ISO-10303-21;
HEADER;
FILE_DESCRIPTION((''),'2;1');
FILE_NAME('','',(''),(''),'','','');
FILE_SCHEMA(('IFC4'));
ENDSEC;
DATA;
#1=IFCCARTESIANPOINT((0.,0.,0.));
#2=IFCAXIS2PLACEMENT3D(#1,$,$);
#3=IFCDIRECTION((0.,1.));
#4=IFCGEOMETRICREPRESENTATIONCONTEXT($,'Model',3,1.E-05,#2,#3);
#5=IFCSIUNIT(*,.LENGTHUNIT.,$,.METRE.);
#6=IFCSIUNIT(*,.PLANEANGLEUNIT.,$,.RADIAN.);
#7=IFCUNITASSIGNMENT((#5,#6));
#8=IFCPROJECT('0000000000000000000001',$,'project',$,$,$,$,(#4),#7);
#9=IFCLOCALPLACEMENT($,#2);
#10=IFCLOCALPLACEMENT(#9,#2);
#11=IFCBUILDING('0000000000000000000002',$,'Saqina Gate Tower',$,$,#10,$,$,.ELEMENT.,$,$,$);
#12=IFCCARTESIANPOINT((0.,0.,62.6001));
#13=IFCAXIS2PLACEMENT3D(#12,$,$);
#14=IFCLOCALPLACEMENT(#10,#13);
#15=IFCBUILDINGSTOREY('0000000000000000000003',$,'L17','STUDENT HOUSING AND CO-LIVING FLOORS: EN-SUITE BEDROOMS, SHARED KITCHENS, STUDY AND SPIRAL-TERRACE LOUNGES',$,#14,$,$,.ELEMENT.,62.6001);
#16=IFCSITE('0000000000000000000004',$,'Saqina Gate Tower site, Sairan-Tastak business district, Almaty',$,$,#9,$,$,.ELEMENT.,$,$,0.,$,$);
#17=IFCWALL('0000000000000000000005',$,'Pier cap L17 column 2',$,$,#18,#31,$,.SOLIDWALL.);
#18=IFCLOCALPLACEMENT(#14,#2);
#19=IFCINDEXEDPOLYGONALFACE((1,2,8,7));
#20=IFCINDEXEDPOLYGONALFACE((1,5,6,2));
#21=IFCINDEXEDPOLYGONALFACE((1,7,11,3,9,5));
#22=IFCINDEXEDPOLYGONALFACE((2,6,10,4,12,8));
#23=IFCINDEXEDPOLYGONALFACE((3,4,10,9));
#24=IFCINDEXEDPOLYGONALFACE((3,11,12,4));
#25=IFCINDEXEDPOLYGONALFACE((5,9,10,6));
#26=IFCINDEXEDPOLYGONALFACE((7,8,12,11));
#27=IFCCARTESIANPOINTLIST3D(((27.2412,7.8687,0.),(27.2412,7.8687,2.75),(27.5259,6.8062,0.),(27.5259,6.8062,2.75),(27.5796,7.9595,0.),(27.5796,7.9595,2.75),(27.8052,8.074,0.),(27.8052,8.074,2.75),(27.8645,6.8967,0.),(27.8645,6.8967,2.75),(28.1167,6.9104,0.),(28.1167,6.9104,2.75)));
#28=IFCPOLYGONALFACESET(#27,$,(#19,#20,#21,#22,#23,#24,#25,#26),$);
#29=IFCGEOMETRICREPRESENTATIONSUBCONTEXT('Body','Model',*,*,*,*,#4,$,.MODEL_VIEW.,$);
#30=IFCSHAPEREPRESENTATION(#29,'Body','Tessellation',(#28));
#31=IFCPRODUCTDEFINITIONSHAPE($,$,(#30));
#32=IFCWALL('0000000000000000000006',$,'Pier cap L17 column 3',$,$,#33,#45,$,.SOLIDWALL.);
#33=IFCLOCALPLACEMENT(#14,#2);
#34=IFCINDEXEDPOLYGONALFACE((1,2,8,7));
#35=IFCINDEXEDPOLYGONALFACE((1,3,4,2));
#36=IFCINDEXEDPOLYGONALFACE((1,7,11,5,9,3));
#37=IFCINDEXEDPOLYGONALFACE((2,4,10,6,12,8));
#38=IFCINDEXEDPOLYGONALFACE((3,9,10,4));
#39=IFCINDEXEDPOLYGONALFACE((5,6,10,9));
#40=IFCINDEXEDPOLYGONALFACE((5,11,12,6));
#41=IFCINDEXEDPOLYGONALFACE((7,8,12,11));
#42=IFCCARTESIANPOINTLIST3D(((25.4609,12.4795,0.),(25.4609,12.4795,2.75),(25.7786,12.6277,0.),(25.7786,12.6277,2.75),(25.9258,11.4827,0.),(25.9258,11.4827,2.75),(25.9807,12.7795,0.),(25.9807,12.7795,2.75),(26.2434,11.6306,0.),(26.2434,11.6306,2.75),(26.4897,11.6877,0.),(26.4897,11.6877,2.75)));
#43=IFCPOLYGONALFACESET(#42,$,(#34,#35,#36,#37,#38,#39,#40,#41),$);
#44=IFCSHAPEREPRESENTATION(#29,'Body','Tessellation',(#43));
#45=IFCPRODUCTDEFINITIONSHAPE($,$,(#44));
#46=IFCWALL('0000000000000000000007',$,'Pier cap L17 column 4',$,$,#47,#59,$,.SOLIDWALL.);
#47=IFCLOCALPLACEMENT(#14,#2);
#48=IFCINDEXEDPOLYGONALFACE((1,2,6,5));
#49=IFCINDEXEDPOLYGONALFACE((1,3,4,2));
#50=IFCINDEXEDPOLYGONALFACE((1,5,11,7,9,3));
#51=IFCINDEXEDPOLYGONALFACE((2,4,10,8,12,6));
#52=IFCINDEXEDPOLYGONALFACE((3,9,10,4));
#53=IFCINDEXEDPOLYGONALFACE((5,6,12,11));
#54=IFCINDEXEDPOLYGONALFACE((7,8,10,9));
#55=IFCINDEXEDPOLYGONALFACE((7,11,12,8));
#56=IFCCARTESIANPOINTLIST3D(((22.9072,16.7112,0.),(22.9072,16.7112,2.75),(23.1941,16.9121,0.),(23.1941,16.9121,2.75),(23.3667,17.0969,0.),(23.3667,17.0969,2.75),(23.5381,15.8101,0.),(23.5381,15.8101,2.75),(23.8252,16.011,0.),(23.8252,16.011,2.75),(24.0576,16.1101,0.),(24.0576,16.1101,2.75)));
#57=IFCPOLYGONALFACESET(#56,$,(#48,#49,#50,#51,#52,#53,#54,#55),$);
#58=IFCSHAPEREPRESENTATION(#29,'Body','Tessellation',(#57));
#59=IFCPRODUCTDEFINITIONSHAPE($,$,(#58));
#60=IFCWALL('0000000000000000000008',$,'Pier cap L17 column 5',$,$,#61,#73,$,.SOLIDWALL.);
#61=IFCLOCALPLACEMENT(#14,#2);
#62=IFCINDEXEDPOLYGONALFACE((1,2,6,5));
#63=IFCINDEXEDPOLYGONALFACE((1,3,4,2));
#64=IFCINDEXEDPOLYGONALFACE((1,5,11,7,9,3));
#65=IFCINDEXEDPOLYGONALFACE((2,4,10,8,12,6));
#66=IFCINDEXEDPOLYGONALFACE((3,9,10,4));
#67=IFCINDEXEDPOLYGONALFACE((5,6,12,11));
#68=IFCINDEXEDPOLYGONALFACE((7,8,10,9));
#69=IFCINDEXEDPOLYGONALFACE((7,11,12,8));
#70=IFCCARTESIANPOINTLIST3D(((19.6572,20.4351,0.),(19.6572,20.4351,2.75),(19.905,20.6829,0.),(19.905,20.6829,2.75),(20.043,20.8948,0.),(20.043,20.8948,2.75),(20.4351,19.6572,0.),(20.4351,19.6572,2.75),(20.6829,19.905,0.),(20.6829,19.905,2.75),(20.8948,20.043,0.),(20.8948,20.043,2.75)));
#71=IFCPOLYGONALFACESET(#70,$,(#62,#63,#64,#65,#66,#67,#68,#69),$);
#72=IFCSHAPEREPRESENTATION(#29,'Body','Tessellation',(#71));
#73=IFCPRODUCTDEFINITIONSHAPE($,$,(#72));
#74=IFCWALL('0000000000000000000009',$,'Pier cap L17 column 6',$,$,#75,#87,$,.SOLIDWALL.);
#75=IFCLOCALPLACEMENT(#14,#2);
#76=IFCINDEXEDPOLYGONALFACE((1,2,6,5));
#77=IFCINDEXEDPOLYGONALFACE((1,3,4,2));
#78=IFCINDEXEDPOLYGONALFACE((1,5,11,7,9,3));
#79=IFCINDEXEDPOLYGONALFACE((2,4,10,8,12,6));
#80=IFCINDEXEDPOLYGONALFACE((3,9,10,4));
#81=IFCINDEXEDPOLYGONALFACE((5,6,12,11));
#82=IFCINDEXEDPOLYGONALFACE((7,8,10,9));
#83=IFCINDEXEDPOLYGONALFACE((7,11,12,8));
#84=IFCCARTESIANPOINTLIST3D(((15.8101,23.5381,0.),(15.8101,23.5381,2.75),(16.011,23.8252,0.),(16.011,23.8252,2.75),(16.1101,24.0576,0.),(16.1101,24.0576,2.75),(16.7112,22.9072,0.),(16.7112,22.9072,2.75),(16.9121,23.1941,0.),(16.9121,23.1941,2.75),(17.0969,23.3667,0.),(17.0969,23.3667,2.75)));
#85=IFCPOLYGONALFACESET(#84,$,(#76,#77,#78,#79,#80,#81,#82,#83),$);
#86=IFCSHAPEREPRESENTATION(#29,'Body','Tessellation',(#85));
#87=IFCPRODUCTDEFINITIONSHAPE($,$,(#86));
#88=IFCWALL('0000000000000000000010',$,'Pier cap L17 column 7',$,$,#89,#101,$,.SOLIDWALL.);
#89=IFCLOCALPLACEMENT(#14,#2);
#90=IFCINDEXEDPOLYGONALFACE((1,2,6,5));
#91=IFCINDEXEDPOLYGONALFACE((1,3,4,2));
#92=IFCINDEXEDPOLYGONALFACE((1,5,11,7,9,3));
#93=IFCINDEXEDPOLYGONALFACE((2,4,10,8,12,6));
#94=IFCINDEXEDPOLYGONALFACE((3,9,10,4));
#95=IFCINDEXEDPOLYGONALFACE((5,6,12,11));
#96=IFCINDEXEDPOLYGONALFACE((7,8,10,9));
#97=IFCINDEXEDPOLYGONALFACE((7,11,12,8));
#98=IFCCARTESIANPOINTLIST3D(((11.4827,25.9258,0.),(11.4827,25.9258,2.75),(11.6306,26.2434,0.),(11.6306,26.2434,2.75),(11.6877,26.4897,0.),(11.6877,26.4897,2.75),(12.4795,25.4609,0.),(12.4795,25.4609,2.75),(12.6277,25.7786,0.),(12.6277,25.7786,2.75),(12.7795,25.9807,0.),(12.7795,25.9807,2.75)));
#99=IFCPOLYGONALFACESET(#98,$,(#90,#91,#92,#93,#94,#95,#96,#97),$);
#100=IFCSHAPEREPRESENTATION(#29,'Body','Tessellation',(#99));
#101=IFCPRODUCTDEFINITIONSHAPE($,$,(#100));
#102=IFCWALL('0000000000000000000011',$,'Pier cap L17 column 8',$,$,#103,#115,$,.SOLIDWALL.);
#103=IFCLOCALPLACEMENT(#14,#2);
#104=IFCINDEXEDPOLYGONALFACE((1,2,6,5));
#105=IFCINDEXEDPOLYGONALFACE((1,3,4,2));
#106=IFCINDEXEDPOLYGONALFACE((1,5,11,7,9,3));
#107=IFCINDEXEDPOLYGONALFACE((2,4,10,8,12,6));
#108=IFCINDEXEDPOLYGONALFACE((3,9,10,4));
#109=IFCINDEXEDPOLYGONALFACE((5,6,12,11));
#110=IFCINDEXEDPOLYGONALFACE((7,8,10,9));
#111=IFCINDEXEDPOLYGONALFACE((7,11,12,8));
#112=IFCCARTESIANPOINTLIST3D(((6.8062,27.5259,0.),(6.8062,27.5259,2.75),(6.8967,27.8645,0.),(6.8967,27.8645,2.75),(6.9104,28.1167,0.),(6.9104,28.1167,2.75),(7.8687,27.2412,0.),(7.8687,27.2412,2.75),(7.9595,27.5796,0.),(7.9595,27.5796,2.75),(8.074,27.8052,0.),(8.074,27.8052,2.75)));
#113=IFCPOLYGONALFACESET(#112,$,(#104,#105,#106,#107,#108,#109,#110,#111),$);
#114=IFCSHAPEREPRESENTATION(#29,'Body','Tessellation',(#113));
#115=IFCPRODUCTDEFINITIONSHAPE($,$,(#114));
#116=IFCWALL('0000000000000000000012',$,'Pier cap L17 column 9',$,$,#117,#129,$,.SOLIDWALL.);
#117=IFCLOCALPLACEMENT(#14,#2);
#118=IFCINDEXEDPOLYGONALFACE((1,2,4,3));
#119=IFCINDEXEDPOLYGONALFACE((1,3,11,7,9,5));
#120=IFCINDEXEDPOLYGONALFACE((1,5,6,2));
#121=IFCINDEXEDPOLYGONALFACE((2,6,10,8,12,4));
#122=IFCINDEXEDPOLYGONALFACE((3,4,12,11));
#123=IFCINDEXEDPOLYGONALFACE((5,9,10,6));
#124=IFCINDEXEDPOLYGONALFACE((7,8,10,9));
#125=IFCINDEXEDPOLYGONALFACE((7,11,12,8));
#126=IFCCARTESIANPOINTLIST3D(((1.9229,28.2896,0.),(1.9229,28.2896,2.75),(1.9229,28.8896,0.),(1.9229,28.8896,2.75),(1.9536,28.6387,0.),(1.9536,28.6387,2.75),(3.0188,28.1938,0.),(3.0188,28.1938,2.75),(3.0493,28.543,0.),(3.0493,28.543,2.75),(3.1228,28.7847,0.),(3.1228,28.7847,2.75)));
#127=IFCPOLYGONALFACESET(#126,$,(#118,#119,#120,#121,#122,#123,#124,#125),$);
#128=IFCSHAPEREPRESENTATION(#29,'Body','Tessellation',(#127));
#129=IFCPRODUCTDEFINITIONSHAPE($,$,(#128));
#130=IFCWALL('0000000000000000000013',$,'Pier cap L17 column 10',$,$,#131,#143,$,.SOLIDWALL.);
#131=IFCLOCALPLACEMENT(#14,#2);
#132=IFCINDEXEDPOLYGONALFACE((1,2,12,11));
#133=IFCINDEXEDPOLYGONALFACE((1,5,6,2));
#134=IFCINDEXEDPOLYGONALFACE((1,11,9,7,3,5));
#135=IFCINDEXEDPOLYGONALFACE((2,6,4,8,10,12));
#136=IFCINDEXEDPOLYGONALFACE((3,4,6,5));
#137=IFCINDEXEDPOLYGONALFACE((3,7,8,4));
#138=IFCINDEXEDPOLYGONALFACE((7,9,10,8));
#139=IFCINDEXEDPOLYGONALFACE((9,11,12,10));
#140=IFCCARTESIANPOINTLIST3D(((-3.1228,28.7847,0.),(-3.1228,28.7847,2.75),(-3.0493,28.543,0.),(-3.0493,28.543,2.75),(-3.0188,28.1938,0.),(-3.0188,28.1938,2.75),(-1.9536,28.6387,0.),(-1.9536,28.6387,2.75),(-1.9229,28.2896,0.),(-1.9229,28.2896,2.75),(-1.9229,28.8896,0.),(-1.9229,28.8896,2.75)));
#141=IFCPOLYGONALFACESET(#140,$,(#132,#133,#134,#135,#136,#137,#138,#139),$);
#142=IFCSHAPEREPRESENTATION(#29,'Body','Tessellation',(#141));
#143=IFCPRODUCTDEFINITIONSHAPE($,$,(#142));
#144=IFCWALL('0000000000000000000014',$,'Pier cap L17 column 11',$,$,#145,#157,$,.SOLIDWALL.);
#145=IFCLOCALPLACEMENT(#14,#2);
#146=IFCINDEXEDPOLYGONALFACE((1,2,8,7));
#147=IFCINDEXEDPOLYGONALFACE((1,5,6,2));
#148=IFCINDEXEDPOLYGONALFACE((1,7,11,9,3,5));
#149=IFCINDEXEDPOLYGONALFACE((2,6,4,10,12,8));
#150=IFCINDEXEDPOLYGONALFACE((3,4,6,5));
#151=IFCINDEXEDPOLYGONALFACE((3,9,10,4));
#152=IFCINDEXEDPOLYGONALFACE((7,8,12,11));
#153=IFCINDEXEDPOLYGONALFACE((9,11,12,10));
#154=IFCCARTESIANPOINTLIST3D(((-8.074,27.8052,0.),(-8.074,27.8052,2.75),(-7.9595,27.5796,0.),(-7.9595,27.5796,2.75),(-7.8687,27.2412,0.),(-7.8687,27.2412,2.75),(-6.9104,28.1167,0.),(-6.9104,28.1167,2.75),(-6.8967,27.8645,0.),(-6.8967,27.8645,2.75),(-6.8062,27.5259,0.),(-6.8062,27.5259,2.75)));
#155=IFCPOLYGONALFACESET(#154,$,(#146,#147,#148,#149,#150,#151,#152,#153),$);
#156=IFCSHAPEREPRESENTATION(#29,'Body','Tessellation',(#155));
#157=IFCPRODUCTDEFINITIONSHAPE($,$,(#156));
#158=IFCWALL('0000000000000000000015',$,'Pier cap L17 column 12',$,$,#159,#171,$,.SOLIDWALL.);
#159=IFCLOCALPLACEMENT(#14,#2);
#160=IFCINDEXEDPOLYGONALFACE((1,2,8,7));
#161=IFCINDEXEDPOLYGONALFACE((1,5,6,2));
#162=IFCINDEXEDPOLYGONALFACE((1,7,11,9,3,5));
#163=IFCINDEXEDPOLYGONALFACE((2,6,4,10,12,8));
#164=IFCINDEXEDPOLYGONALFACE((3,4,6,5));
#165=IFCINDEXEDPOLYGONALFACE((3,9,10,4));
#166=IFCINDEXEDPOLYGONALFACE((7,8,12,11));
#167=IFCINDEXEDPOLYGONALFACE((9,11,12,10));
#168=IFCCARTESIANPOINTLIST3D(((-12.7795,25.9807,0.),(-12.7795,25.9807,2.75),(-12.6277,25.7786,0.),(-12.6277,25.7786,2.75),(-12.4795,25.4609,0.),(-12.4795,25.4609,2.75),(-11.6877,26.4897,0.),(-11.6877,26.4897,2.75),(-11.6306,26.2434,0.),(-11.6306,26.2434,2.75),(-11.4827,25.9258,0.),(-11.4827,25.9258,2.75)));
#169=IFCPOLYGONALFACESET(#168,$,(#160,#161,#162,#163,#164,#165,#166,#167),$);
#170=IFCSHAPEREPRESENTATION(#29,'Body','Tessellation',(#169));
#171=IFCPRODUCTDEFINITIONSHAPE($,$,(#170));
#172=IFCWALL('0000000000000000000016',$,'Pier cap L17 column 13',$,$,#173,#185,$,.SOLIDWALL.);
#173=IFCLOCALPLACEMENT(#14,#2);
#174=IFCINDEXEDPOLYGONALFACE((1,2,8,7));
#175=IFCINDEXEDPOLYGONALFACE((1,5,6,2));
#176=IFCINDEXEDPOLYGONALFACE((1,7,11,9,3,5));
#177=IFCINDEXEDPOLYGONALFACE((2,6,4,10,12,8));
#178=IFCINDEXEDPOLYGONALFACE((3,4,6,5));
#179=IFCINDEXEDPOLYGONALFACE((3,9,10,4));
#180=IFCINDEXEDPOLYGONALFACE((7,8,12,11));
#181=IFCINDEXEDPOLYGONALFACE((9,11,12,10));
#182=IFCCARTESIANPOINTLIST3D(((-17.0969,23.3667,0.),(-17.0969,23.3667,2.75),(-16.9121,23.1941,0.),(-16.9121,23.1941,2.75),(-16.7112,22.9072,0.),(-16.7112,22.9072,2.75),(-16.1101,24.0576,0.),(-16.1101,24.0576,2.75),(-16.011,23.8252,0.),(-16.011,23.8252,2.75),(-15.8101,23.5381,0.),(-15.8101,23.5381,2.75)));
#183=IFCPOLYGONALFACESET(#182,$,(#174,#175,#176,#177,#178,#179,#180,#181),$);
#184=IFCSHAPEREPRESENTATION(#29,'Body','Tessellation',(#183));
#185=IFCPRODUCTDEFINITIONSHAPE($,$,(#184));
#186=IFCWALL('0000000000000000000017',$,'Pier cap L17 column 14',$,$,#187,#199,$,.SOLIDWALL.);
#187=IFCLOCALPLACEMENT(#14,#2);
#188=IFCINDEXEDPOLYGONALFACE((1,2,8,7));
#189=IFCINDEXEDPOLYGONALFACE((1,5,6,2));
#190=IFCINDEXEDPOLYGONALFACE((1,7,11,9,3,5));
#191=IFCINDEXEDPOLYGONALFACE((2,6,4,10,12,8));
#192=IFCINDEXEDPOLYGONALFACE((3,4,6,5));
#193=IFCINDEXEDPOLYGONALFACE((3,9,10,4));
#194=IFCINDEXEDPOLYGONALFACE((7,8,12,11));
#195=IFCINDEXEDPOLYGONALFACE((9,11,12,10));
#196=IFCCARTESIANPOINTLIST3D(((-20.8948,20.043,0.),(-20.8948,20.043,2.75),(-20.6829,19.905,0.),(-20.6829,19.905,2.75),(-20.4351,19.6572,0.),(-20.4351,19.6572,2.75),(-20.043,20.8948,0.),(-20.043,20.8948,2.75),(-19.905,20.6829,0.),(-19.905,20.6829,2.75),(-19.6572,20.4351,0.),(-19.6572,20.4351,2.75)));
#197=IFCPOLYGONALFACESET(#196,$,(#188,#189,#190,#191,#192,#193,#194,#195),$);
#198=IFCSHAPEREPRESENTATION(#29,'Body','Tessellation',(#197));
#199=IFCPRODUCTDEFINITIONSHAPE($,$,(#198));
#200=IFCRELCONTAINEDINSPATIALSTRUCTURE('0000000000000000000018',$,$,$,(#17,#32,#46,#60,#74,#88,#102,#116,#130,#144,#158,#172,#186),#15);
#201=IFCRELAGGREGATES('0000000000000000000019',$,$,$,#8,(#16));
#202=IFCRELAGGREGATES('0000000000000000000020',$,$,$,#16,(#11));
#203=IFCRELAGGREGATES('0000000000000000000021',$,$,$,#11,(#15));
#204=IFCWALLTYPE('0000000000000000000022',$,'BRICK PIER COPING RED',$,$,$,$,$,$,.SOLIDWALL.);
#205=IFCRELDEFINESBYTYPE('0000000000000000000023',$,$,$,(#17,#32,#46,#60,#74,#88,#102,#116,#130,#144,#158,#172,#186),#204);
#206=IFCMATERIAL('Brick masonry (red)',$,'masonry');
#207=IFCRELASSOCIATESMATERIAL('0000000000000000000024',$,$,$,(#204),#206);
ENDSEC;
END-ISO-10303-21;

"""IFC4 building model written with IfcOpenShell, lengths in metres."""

from ifc_helpers import new_model, si_unit, direction, frame, origin, place, context, subcontext, project, spatial, polyline, outline, extrude, material, type_object, element, save


model = new_model("IFC4")

# Units and contexts
model_context = context("Model", 3, precision=1e-05, world=origin(), true_north=direction((0.0, 1.0)))
body_context = subcontext(model_context, "Body", "Model", "MODEL_VIEW")
ifc_project = project(units=[si_unit("LENGTHUNIT", "METRE"), si_unit("PLANEANGLEUNIT", "RADIAN")], contexts=[model_context])

# Site, building, storey
site_placement = place(None, origin())
site = spatial("IfcSite", under=ifc_project, at=site_placement, Name="Saqina Gate Tower site, Sairan-Tastak business district, Almaty", CompositionType="ELEMENT", RefElevation=0.0)
building_placement = place(site_placement, origin())
building = spatial("IfcBuilding", under=site, at=building_placement, Name="Saqina Gate Tower", CompositionType="ELEMENT")
storey_placement = place(building_placement, frame((0.0, 0.0, 62.6001)))
storey = spatial("IfcBuildingStorey", under=building, at=storey_placement, Name="L17", Description="STUDENT HOUSING AND CO-LIVING FLOORS: EN-SUITE BEDROOMS, SHARED KITCHENS, STUDY AND SPIRAL-TERRACE LOUNGES", CompositionType="ELEMENT", Elevation=62.6001)

# Walls
ifc_material = material(Name="Brick masonry (red)", Category="masonry")
wall_type = type_object("IfcWallType", Name="BRICK PIER COPING RED", PredefinedType="SOLIDWALL", material=ifc_material)
wall_1_placement = place(storey_placement, origin())
element("IfcWall", 1, at=wall_1_placement, inside=storey, type_object=wall_type, Name="Pier cap L17 column 2", PredefinedType="SOLIDWALL", context=body_context, shape_type="SweptSolid", body=[
    extrude(outline(polyline([(28.1167, 6.9104), (27.8052, 8.074), (27.2412, 7.8687), (27.5796, 7.9595), (27.8645, 6.8967), (27.5259, 6.8062), (28.1167, 6.9104)])), origin(), (0.0, 0.0, 1.0), 2.75),
])
wall_2_placement = place(storey_placement, origin())
element("IfcWall", 2, at=wall_2_placement, inside=storey, type_object=wall_type, Name="Pier cap L17 column 3", PredefinedType="SOLIDWALL", context=body_context, shape_type="SweptSolid", body=[
    extrude(outline(polyline([(25.9807, 12.7795), (25.4609, 12.4795), (25.7786, 12.6277), (26.2434, 11.6306), (25.9258, 11.4827), (26.4897, 11.6877), (25.9807, 12.7795)])), origin(), (0.0, 0.0, 1.0), 2.75),
])
wall_3_placement = place(storey_placement, origin())
element("IfcWall", 3, at=wall_3_placement, inside=storey, type_object=wall_type, Name="Pier cap L17 column 4", PredefinedType="SOLIDWALL", context=body_context, shape_type="SweptSolid", body=[
    extrude(outline(polyline([(24.0576, 16.1101), (23.3667, 17.0969), (22.9072, 16.7112), (23.1941, 16.9121), (23.8252, 16.011), (23.5381, 15.8101), (24.0576, 16.1101)])), origin(), (0.0, 0.0, 1.0), 2.75),
])
wall_4_placement = place(storey_placement, origin())
element("IfcWall", 4, at=wall_4_placement, inside=storey, type_object=wall_type, Name="Pier cap L17 column 5", PredefinedType="SOLIDWALL", context=body_context, shape_type="SweptSolid", body=[
    extrude(outline(polyline([(20.043, 20.8948), (19.6572, 20.4351), (19.905, 20.6829), (20.6829, 19.905), (20.4351, 19.6572), (20.8948, 20.043), (20.043, 20.8948)])), origin(), (0.0, 0.0, 1.0), 2.75),
])
wall_5_placement = place(storey_placement, origin())
element("IfcWall", 5, at=wall_5_placement, inside=storey, type_object=wall_type, Name="Pier cap L17 column 6", PredefinedType="SOLIDWALL", context=body_context, shape_type="SweptSolid", body=[
    extrude(outline(polyline([(17.0969, 23.3667), (16.1101, 24.0576), (15.8101, 23.5381), (16.011, 23.8252), (16.9121, 23.1941), (16.7112, 22.9072), (17.0969, 23.3667)])), origin(), (0.0, 0.0, 1.0), 2.75),
])
wall_6_placement = place(storey_placement, origin())
element("IfcWall", 6, at=wall_6_placement, inside=storey, type_object=wall_type, Name="Pier cap L17 column 7", PredefinedType="SOLIDWALL", context=body_context, shape_type="SweptSolid", body=[
    extrude(outline(polyline([(11.6877, 26.4897), (11.4827, 25.9258), (11.6306, 26.2434), (12.6277, 25.7786), (12.4795, 25.4609), (12.7795, 25.9807), (11.6877, 26.4897)])), origin(), (0.0, 0.0, 1.0), 2.75),
])
wall_7_placement = place(storey_placement, origin())
element("IfcWall", 7, at=wall_7_placement, inside=storey, type_object=wall_type, Name="Pier cap L17 column 8", PredefinedType="SOLIDWALL", context=body_context, shape_type="SweptSolid", body=[
    extrude(outline(polyline([(6.9104, 28.1167), (6.8062, 27.5259), (6.8967, 27.8645), (7.9595, 27.5796), (7.8687, 27.2412), (8.074, 27.8052), (6.9104, 28.1167)])), origin(), (0.0, 0.0, 1.0), 2.75),
])
wall_8_placement = place(storey_placement, origin())
element("IfcWall", 8, at=wall_8_placement, inside=storey, type_object=wall_type, Name="Pier cap L17 column 9", PredefinedType="SOLIDWALL", context=body_context, shape_type="SweptSolid", body=[
    extrude(outline(polyline([(3.1228, 28.7847), (1.9229, 28.8896), (1.9229, 28.2896), (1.9536, 28.6387), (3.0493, 28.543), (3.0188, 28.1938), (3.1228, 28.7847)])), origin(), (0.0, 0.0, 1.0), 2.75),
])
wall_9_placement = place(storey_placement, origin())
element("IfcWall", 9, at=wall_9_placement, inside=storey, type_object=wall_type, Name="Pier cap L17 column 10", PredefinedType="SOLIDWALL", context=body_context, shape_type="SweptSolid", body=[
    extrude(outline(polyline([(-1.9229, 28.8896), (-3.1228, 28.7847), (-3.0188, 28.1938), (-3.0493, 28.543), (-1.9536, 28.6387), (-1.9229, 28.2896), (-1.9229, 28.8896)])), origin(), (0.0, 0.0, 1.0), 2.75),
])
wall_10_placement = place(storey_placement, origin())
element("IfcWall", 10, at=wall_10_placement, inside=storey, type_object=wall_type, Name="Pier cap L17 column 11", PredefinedType="SOLIDWALL", context=body_context, shape_type="SweptSolid", body=[
    extrude(outline(polyline([(-6.9104, 28.1167), (-8.074, 27.8052), (-7.8687, 27.2412), (-7.9595, 27.5796), (-6.8967, 27.8645), (-6.8062, 27.5259), (-6.9104, 28.1167)])), origin(), (0.0, 0.0, 1.0), 2.75),
])
wall_11_placement = place(storey_placement, origin())
element("IfcWall", 11, at=wall_11_placement, inside=storey, type_object=wall_type, Name="Pier cap L17 column 12", PredefinedType="SOLIDWALL", context=body_context, shape_type="SweptSolid", body=[
    extrude(outline(polyline([(-12.7795, 25.9807), (-12.4795, 25.4609), (-12.6277, 25.7786), (-11.6306, 26.2434), (-11.4827, 25.9258), (-11.6877, 26.4897), (-12.7795, 25.9807)])), origin(), (0.0, 0.0, 1.0), 2.75),
])
wall_12_placement = place(storey_placement, origin())
element("IfcWall", 12, at=wall_12_placement, inside=storey, type_object=wall_type, Name="Pier cap L17 column 13", PredefinedType="SOLIDWALL", context=body_context, shape_type="SweptSolid", body=[
    extrude(outline(polyline([(-16.1101, 24.0576), (-17.0969, 23.3667), (-16.7112, 22.9072), (-16.9121, 23.1941), (-16.011, 23.8252), (-15.8101, 23.5381), (-16.1101, 24.0576)])), origin(), (0.0, 0.0, 1.0), 2.75),
])
wall_13_placement = place(storey_placement, origin())
element("IfcWall", 13, at=wall_13_placement, inside=storey, type_object=wall_type, Name="Pier cap L17 column 14", PredefinedType="SOLIDWALL", context=body_context, shape_type="SweptSolid", body=[
    extrude(outline(polyline([(-20.8948, 20.043), (-20.4351, 19.6572), (-20.6829, 19.905), (-19.905, 20.6829), (-19.6572, 20.4351), (-20.043, 20.8948), (-20.8948, 20.043)])), origin(), (0.0, 0.0, 1.0), 2.75),
])

save(model, "model.ifc")
